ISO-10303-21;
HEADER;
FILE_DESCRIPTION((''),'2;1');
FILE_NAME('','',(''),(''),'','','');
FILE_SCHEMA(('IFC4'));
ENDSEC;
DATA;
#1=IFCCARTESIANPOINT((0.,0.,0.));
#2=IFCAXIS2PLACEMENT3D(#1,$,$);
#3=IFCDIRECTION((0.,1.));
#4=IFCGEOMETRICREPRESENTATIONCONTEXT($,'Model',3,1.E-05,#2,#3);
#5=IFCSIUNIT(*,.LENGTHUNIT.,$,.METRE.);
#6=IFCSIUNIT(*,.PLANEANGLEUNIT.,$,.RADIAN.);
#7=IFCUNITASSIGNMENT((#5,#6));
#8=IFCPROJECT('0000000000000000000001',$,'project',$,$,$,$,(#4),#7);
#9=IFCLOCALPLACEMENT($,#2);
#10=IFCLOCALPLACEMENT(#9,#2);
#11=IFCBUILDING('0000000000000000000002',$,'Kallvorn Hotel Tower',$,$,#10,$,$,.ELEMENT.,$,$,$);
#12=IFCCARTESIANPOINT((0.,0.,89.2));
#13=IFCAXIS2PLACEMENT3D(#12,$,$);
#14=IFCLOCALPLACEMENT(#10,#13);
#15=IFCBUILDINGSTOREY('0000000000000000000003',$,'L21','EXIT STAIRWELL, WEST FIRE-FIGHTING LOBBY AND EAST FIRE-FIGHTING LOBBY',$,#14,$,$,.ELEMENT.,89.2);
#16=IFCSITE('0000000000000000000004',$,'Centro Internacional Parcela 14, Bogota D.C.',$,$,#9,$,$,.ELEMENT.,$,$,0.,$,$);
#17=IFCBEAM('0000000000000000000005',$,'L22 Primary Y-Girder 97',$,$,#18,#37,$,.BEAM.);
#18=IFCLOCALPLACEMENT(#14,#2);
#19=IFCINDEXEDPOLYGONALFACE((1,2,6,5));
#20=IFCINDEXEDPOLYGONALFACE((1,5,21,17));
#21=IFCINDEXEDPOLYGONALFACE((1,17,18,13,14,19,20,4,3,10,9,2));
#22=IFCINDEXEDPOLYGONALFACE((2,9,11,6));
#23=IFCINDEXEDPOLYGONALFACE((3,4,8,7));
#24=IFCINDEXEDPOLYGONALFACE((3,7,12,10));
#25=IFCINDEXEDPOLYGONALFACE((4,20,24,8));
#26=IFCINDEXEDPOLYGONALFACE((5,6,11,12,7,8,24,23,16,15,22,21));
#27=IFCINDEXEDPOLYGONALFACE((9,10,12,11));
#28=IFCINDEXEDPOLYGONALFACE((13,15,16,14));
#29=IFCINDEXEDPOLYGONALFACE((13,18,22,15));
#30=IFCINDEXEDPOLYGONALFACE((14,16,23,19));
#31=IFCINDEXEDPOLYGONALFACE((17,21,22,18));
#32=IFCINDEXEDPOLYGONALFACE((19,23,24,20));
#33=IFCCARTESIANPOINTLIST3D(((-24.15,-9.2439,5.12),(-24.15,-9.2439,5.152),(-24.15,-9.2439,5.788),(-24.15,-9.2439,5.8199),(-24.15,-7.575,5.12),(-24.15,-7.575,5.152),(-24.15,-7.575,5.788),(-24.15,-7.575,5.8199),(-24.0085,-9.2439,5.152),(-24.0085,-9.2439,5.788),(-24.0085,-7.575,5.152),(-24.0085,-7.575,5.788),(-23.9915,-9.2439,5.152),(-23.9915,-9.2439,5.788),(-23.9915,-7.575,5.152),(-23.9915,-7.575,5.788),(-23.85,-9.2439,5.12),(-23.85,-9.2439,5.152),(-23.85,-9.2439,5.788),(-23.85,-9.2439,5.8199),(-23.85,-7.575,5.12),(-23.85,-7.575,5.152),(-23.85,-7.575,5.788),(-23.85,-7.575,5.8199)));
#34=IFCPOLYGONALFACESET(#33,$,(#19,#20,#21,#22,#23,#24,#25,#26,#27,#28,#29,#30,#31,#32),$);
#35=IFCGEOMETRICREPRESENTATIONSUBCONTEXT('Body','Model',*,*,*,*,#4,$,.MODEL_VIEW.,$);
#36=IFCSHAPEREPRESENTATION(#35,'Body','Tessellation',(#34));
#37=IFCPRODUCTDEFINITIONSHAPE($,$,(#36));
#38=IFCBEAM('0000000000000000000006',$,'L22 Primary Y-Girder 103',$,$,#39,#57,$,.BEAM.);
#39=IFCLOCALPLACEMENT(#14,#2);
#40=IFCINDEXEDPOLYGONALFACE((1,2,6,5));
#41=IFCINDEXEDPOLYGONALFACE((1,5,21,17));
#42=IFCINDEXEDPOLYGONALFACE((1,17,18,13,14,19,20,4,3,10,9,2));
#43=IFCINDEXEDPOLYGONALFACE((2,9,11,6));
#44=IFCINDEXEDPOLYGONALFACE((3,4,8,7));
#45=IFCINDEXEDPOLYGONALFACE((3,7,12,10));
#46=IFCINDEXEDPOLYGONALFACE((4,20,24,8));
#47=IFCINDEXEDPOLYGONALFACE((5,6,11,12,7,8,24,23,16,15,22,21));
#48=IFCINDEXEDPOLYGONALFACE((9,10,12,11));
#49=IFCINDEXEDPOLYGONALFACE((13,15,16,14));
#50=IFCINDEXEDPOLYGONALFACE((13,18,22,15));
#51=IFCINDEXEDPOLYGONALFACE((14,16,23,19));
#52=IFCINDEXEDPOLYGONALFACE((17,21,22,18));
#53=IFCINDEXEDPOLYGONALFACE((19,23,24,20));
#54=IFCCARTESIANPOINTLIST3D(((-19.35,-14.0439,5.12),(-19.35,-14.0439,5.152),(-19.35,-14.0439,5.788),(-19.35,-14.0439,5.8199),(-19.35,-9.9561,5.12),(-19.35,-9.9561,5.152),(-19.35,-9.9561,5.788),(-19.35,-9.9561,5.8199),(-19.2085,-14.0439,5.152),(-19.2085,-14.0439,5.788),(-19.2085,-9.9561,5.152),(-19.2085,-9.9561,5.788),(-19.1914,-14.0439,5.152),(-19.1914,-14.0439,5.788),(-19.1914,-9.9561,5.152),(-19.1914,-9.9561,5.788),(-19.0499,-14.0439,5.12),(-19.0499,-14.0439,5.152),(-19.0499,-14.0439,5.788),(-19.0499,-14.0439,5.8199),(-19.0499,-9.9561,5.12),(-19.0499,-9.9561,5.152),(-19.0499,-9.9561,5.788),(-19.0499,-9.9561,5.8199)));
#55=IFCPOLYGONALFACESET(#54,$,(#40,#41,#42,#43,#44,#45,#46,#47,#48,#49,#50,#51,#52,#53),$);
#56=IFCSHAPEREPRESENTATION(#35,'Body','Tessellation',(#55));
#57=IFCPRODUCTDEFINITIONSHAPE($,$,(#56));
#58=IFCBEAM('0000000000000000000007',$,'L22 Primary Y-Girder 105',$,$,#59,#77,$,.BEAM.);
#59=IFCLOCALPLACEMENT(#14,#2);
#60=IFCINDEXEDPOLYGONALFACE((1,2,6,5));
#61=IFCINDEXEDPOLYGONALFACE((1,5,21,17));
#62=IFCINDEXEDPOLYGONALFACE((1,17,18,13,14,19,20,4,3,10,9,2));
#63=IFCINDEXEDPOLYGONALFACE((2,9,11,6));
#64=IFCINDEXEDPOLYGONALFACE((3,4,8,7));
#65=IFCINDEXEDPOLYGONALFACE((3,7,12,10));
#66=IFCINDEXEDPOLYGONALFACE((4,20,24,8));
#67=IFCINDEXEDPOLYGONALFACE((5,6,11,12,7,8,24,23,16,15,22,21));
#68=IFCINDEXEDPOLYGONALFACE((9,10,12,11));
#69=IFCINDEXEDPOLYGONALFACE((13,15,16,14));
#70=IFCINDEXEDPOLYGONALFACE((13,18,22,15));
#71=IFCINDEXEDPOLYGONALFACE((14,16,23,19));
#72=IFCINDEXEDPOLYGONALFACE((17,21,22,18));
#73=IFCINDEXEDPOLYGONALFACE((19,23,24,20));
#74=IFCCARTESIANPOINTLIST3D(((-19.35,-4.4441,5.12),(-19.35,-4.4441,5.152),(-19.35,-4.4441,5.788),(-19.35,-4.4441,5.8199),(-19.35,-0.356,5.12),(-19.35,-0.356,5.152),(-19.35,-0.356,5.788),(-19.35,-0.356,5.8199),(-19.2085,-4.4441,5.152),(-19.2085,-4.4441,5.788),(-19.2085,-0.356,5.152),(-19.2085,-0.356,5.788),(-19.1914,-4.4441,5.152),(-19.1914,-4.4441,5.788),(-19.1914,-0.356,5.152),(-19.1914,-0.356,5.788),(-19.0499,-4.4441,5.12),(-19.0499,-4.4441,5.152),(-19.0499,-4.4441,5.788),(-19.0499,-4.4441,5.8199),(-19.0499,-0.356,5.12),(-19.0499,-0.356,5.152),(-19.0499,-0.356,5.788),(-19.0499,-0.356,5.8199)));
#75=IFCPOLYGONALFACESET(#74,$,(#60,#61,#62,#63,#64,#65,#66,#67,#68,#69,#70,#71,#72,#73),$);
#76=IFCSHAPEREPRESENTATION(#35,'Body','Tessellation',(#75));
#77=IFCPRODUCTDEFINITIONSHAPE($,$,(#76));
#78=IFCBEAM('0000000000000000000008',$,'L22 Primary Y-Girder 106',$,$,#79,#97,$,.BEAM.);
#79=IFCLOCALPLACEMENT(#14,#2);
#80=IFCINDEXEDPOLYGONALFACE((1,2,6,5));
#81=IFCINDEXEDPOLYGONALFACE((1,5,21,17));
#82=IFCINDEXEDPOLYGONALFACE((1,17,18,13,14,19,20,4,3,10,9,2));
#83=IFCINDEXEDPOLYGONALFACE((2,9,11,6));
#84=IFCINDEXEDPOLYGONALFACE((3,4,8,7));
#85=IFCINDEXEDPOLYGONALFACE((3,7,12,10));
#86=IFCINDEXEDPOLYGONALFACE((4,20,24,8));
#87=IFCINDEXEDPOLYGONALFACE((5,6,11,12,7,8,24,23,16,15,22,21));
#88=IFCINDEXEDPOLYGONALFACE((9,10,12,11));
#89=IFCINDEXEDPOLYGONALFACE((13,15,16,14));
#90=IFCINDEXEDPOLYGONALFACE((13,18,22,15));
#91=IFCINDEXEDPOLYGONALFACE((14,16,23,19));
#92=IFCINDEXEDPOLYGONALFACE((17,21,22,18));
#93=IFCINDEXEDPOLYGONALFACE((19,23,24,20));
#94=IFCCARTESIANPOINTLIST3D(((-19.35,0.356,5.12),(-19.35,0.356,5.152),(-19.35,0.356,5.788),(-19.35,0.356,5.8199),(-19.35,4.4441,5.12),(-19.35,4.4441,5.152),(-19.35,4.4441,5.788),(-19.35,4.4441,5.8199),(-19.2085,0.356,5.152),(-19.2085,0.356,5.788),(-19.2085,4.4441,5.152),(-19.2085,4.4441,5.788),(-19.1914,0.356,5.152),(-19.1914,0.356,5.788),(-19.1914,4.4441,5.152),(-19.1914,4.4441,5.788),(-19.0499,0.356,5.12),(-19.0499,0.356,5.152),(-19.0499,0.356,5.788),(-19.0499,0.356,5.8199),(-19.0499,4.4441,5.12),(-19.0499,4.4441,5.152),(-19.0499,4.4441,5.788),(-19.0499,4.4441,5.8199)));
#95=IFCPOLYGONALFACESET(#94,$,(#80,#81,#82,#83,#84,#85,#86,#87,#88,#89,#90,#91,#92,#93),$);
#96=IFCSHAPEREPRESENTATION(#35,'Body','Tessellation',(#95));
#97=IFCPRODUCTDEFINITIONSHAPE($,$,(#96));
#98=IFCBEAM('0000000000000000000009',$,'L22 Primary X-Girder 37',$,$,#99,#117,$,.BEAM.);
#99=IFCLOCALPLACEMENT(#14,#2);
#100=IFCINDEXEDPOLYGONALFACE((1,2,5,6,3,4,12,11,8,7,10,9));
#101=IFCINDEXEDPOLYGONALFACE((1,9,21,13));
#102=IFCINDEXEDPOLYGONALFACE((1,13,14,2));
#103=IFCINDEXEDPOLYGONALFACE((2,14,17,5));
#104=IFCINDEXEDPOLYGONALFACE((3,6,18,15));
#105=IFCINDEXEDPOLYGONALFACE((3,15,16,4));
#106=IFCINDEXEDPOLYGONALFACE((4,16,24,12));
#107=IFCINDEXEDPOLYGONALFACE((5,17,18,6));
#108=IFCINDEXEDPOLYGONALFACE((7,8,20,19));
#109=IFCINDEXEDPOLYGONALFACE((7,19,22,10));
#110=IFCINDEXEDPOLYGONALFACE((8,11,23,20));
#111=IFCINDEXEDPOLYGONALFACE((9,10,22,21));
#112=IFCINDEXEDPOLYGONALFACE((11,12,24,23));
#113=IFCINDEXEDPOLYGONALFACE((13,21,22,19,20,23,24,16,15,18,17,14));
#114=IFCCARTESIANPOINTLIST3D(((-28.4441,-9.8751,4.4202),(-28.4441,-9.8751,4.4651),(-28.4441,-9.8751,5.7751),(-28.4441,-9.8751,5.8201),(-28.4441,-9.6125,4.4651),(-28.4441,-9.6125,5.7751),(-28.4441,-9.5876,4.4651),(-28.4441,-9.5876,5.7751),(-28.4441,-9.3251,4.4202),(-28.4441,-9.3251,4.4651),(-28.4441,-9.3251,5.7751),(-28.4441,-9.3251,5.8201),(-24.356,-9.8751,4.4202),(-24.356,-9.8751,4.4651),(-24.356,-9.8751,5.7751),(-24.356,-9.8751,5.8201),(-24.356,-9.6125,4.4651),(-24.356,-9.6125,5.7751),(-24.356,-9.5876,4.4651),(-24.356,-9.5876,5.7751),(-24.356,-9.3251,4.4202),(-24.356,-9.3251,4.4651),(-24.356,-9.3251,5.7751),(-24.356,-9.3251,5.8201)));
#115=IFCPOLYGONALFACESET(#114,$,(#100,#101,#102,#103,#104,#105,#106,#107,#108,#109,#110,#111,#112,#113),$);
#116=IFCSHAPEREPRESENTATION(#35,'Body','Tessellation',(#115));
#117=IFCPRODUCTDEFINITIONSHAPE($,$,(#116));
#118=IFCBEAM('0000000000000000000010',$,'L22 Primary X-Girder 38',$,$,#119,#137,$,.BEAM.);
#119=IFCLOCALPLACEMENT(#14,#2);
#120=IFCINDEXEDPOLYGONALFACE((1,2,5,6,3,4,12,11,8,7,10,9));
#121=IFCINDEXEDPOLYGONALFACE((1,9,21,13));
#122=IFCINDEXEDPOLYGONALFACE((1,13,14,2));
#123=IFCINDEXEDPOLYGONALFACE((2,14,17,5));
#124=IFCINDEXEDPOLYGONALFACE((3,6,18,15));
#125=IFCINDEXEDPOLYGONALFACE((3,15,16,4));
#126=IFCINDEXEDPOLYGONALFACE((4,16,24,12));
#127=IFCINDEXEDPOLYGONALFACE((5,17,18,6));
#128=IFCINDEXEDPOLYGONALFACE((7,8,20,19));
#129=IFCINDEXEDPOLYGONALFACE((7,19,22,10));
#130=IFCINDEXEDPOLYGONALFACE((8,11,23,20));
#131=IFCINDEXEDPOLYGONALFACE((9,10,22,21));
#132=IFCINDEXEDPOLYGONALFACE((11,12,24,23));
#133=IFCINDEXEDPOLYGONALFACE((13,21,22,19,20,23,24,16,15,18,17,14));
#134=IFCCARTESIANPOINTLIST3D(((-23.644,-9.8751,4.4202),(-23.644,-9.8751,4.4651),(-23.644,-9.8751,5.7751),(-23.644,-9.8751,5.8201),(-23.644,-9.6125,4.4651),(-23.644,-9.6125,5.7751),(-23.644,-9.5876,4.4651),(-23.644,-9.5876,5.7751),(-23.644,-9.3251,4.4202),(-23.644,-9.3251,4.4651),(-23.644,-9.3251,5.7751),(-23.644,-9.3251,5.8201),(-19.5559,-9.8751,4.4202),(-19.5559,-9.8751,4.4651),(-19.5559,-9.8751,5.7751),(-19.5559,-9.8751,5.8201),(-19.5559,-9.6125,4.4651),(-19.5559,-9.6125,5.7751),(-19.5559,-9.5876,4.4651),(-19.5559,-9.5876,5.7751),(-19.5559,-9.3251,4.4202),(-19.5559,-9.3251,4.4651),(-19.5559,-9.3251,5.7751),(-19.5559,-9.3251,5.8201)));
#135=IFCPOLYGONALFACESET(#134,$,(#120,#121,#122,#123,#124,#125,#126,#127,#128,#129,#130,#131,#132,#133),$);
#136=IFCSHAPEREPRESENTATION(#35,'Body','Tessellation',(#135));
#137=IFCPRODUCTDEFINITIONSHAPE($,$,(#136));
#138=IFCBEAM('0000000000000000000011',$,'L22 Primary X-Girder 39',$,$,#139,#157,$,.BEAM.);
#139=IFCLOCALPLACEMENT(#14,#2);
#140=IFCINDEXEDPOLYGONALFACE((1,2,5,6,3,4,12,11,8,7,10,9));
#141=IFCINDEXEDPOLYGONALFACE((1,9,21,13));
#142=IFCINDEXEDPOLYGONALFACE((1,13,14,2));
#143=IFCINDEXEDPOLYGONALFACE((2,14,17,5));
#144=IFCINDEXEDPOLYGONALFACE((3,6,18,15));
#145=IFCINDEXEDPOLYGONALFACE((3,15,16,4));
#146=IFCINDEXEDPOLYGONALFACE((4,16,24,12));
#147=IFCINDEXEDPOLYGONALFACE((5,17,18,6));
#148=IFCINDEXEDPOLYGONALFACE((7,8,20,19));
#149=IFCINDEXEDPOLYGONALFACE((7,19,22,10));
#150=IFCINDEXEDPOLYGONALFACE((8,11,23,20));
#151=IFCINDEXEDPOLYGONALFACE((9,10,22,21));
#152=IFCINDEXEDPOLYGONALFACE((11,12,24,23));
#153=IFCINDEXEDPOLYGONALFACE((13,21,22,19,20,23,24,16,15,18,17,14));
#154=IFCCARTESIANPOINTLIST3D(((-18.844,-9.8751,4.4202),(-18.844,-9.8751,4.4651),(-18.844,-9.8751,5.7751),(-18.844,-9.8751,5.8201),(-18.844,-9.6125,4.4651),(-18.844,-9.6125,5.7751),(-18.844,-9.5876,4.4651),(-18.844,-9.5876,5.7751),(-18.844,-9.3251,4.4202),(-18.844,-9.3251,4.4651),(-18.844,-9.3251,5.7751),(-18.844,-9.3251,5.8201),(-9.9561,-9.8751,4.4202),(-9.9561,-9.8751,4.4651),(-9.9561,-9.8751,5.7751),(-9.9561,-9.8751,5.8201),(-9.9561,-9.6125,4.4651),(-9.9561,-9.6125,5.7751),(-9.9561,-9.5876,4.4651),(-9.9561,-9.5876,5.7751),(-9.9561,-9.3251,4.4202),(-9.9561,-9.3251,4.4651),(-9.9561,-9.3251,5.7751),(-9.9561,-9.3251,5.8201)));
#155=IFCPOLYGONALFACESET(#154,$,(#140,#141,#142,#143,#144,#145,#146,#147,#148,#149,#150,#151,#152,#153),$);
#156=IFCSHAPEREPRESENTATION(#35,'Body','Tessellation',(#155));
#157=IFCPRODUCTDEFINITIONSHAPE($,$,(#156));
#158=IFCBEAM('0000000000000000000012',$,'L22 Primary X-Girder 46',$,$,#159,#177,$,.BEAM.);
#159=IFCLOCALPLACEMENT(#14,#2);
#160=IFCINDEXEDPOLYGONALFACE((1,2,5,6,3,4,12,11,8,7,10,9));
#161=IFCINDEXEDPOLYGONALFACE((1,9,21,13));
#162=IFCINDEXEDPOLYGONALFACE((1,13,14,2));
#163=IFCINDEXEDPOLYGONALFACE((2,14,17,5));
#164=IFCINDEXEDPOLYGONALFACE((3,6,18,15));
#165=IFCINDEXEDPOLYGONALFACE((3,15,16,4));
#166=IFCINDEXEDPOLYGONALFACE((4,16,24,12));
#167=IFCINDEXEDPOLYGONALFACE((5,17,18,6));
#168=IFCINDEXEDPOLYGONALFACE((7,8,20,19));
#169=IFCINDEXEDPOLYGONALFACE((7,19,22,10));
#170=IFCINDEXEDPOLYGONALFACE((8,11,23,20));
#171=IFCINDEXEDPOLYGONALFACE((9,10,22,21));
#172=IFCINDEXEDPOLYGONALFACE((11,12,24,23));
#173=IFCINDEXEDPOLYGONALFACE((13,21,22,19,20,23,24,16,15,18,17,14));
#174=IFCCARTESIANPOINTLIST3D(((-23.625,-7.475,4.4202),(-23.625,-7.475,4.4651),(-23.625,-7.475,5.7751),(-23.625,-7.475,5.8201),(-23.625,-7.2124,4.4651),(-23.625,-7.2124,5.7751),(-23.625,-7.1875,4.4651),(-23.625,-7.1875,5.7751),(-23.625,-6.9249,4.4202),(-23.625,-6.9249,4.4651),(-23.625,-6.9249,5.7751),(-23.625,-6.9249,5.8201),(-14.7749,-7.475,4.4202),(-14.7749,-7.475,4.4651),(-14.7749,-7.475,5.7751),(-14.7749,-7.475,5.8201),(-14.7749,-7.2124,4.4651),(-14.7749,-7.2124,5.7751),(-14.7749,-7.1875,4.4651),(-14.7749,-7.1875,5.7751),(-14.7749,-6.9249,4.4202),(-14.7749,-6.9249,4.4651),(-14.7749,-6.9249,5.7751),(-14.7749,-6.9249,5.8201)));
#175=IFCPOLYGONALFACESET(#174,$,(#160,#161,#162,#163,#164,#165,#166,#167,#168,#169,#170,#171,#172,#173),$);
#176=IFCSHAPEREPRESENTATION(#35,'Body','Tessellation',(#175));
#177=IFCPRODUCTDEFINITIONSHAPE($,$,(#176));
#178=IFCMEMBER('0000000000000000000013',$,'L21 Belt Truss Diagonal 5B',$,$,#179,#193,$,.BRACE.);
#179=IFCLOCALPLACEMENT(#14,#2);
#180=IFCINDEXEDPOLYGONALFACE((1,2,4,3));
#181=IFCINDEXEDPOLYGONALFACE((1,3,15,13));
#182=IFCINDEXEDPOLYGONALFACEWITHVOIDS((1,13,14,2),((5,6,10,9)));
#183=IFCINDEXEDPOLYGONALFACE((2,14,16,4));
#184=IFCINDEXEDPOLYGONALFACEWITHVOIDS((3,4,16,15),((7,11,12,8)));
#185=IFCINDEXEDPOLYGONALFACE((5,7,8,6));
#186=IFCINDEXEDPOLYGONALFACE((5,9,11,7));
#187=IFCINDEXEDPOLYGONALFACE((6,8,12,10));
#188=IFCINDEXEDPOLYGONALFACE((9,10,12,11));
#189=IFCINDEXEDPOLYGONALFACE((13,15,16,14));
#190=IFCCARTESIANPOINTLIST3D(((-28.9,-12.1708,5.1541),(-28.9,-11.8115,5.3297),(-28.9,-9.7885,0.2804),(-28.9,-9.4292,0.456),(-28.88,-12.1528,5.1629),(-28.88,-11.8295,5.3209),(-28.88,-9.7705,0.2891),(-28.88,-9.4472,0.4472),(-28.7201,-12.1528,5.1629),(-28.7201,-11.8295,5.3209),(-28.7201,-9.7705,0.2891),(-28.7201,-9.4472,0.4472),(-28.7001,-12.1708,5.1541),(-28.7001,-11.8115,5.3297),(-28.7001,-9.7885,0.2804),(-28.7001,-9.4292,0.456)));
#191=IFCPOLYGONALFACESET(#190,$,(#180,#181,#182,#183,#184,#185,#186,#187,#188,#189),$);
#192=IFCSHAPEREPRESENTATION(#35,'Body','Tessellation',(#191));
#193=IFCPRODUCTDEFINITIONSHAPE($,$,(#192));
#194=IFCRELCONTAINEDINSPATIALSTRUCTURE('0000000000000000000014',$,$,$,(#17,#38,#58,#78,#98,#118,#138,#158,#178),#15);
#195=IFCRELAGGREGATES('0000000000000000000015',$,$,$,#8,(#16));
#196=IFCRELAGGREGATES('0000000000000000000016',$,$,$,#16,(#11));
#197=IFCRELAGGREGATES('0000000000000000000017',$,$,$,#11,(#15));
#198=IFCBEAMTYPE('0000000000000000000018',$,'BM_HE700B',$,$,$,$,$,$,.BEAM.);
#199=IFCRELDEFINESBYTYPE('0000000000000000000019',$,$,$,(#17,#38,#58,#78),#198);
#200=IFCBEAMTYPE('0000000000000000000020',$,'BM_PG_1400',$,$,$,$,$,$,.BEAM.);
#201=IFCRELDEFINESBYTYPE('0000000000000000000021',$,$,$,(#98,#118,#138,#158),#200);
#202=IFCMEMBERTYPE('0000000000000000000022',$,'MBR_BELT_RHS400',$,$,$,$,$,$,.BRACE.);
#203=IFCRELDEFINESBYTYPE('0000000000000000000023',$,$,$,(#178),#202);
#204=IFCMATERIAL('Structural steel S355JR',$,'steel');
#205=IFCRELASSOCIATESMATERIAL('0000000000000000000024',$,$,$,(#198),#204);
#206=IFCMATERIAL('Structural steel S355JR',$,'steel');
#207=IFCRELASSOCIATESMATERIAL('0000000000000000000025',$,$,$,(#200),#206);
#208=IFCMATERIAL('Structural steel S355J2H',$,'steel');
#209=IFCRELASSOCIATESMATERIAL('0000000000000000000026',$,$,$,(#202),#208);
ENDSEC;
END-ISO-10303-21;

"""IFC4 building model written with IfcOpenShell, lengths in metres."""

from ifc_helpers import new_model, si_unit, direction, frame, origin, origin_2d, place, context, subcontext, project, spatial, hollow_rectangle, i_section, extrude, material, material_profile, profile_set, type_object, element, save


model = new_model("IFC4")

# Units and contexts
model_context = context("Model", 3, precision=1e-05, world=origin(), true_north=direction((0.0, 1.0)))
body_context = subcontext(model_context, "Body", "Model", "MODEL_VIEW")
ifc_project = project(units=[si_unit("LENGTHUNIT", "METRE"), si_unit("PLANEANGLEUNIT", "RADIAN")], contexts=[model_context])

# Site, building, storey
site_placement = place(None, origin())
site = spatial("IfcSite", under=ifc_project, at=site_placement, Name="Centro Internacional Parcela 14, Bogota D.C.", CompositionType="ELEMENT", RefElevation=0.0)
building_placement = place(site_placement, origin())
building = spatial("IfcBuilding", under=site, at=building_placement, Name="Kallvorn Hotel Tower", CompositionType="ELEMENT")
storey_placement = place(building_placement, frame((0.0, 0.0, 89.2)))
storey = spatial("IfcBuildingStorey", under=building, at=storey_placement, Name="L21", Description="EXIT STAIRWELL, WEST FIRE-FIGHTING LOBBY AND EAST FIRE-FIGHTING LOBBY", CompositionType="ELEMENT", Elevation=89.2)

# Beams
ifc_material_1 = material(Name="Structural steel S355JR", Category="steel")
ifc_material_profile_1 = material_profile(ifc_material_1, i_section(OverallWidth=0.3, OverallDepth=0.7, WebThickness=0.0171, FlangeThickness=0.032, at=origin_2d()), Name="HE 700 B")
ifc_profile_set_1 = profile_set([ifc_material_profile_1], Name="Structural steel S355JR")
beam_type_1 = type_object("IfcBeamType", Name="BM_HE700B", PredefinedType="BEAM", material=ifc_profile_set_1)
beam_1_placement = place(storey_placement, frame((-24.0, -9.2439, 5.47), z_axis=(0.0, 1.0, 0.0), x_axis=(-1.0, 0.0, 0.0)))
element("IfcBeam", 1, at=beam_1_placement, inside=storey, type_object=beam_type_1, Name="L22 Primary Y-Girder 97", PredefinedType="BEAM", context=body_context, shape_type="SweptSolid", body=[
    extrude(i_section(OverallWidth=0.3, OverallDepth=0.7, WebThickness=0.0171, FlangeThickness=0.032, at=origin_2d()), origin(), (0.0, 0.0, 1.0), 1.6689),
])
beam_2_placement = place(storey_placement, frame((-19.2, -14.0439, 5.47), z_axis=(0.0, 1.0, 0.0), x_axis=(-1.0, 0.0, 0.0)))
element("IfcBeam", 2, at=beam_2_placement, inside=storey, type_object=beam_type_1, Name="L22 Primary Y-Girder 103", PredefinedType="BEAM", context=body_context, shape_type="SweptSolid", body=[
    extrude(i_section(OverallWidth=0.3, OverallDepth=0.7, WebThickness=0.0171, FlangeThickness=0.032, at=origin_2d()), origin(), (0.0, 0.0, 1.0), 4.0879),
])
for number, where, z_axis, x_axis, name in (
    (3, (-19.2, -4.4441, 5.47), (0.0, 1.0, 0.0), (-1.0, 0.0, 0.0), "L22 Primary Y-Girder 105"),
    (4, (-19.2, 0.356, 5.47), (0.0, 1.0, 0.0), (-1.0, 0.0, 0.0), "L22 Primary Y-Girder 106"),
):
    element("IfcBeam", number, at=place(storey_placement, frame(where, z_axis=z_axis, x_axis=x_axis)), inside=storey, type_object=beam_type_1, Name=name, PredefinedType="BEAM", context=body_context, shape_type="SweptSolid", body=[
        extrude(i_section(OverallWidth=0.3, OverallDepth=0.7, WebThickness=0.0171, FlangeThickness=0.032, at=origin_2d()), origin(), (0.0, 0.0, 1.0), 4.0881),
    ])
ifc_material_2 = material(Name="Structural steel S355JR", Category="steel")
ifc_material_profile_2 = material_profile(ifc_material_2, i_section(OverallWidth=0.55, OverallDepth=1.3999, WebThickness=0.0249, FlangeThickness=0.0449, at=origin_2d()), Name="PG 1400x550x25x45")
ifc_profile_set_2 = profile_set([ifc_material_profile_2], Name="Structural steel S355JR")
beam_type_2 = type_object("IfcBeamType", Name="BM_PG_1400", PredefinedType="BEAM", material=ifc_profile_set_2)
for number, where, z_axis, x_axis, name in (
    (5, (-28.4441, -9.6001, 5.1201), (1.0, 0.0, 0.0), (0.0, 1.0, 0.0), "L22 Primary X-Girder 37"),
    (6, (-23.644, -9.6001, 5.1201), (1.0, 0.0, 0.0), (0.0, 1.0, 0.0), "L22 Primary X-Girder 38"),
):
    element("IfcBeam", number, at=place(storey_placement, frame(where, z_axis=z_axis, x_axis=x_axis)), inside=storey, type_object=beam_type_2, Name=name, PredefinedType="BEAM", context=body_context, shape_type="SweptSolid", body=[
        extrude(i_section(OverallWidth=0.55, OverallDepth=1.3999, WebThickness=0.0249, FlangeThickness=0.0449, at=origin_2d()), origin(), (0.0, 0.0, 1.0), 4.0881),
    ])
beam_3_placement = place(storey_placement, frame((-18.844, -9.6001, 5.1201), z_axis=(1.0, 0.0, 0.0), x_axis=(0.0, 1.0, 0.0)))
element("IfcBeam", 7, at=beam_3_placement, inside=storey, type_object=beam_type_2, Name="L22 Primary X-Girder 39", PredefinedType="BEAM", context=body_context, shape_type="SweptSolid", body=[
    extrude(i_section(OverallWidth=0.55, OverallDepth=1.3999, WebThickness=0.0249, FlangeThickness=0.0449, at=origin_2d()), origin(), (0.0, 0.0, 1.0), 8.8879),
])
beam_4_placement = place(storey_placement, frame((-23.625, -7.2, 5.1201), z_axis=(1.0, 0.0, 0.0), x_axis=(0.0, 1.0, 0.0)))
element("IfcBeam", 8, at=beam_4_placement, inside=storey, type_object=beam_type_2, Name="L22 Primary X-Girder 46", PredefinedType="BEAM", context=body_context, shape_type="SweptSolid", body=[
    extrude(i_section(OverallWidth=0.55, OverallDepth=1.3999, WebThickness=0.0249, FlangeThickness=0.0449, at=origin_2d()), origin(), (0.0, 0.0, 1.0), 8.8501),
])

# Member
ifc_material_3 = material(Name="Structural steel S355J2H", Category="steel")
ifc_material_profile_3 = material_profile(ifc_material_3, hollow_rectangle(XDim=0.2, YDim=0.3999, WallThickness=0.02, at=origin_2d()), Name="RHS 400x200x20")
ifc_profile_set_3 = profile_set([ifc_material_profile_3], Name="Structural steel S355J2H")
member_type_1 = type_object("IfcMemberType", Name="MBR_BELT_RHS400", PredefinedType="BRACE", material=ifc_profile_set_3)
member_1_placement = place(storey_placement, frame((-28.8, -9.6089, 0.3682), z_axis=(0.0, -0.439149, 0.898414), x_axis=(1.0, 0.0, 0.0)))
element("IfcMember", 9, at=member_1_placement, inside=storey, type_object=member_type_1, Name="L21 Belt Truss Diagonal 5B", PredefinedType="BRACE", context=body_context, shape_type="SweptSolid", body=[
    extrude(hollow_rectangle(XDim=0.2, YDim=0.3999, WallThickness=0.02, at=origin_2d()), origin(), (0.0, 0.0, 1.0), 5.4248),
])

save(model, "model.ifc")
